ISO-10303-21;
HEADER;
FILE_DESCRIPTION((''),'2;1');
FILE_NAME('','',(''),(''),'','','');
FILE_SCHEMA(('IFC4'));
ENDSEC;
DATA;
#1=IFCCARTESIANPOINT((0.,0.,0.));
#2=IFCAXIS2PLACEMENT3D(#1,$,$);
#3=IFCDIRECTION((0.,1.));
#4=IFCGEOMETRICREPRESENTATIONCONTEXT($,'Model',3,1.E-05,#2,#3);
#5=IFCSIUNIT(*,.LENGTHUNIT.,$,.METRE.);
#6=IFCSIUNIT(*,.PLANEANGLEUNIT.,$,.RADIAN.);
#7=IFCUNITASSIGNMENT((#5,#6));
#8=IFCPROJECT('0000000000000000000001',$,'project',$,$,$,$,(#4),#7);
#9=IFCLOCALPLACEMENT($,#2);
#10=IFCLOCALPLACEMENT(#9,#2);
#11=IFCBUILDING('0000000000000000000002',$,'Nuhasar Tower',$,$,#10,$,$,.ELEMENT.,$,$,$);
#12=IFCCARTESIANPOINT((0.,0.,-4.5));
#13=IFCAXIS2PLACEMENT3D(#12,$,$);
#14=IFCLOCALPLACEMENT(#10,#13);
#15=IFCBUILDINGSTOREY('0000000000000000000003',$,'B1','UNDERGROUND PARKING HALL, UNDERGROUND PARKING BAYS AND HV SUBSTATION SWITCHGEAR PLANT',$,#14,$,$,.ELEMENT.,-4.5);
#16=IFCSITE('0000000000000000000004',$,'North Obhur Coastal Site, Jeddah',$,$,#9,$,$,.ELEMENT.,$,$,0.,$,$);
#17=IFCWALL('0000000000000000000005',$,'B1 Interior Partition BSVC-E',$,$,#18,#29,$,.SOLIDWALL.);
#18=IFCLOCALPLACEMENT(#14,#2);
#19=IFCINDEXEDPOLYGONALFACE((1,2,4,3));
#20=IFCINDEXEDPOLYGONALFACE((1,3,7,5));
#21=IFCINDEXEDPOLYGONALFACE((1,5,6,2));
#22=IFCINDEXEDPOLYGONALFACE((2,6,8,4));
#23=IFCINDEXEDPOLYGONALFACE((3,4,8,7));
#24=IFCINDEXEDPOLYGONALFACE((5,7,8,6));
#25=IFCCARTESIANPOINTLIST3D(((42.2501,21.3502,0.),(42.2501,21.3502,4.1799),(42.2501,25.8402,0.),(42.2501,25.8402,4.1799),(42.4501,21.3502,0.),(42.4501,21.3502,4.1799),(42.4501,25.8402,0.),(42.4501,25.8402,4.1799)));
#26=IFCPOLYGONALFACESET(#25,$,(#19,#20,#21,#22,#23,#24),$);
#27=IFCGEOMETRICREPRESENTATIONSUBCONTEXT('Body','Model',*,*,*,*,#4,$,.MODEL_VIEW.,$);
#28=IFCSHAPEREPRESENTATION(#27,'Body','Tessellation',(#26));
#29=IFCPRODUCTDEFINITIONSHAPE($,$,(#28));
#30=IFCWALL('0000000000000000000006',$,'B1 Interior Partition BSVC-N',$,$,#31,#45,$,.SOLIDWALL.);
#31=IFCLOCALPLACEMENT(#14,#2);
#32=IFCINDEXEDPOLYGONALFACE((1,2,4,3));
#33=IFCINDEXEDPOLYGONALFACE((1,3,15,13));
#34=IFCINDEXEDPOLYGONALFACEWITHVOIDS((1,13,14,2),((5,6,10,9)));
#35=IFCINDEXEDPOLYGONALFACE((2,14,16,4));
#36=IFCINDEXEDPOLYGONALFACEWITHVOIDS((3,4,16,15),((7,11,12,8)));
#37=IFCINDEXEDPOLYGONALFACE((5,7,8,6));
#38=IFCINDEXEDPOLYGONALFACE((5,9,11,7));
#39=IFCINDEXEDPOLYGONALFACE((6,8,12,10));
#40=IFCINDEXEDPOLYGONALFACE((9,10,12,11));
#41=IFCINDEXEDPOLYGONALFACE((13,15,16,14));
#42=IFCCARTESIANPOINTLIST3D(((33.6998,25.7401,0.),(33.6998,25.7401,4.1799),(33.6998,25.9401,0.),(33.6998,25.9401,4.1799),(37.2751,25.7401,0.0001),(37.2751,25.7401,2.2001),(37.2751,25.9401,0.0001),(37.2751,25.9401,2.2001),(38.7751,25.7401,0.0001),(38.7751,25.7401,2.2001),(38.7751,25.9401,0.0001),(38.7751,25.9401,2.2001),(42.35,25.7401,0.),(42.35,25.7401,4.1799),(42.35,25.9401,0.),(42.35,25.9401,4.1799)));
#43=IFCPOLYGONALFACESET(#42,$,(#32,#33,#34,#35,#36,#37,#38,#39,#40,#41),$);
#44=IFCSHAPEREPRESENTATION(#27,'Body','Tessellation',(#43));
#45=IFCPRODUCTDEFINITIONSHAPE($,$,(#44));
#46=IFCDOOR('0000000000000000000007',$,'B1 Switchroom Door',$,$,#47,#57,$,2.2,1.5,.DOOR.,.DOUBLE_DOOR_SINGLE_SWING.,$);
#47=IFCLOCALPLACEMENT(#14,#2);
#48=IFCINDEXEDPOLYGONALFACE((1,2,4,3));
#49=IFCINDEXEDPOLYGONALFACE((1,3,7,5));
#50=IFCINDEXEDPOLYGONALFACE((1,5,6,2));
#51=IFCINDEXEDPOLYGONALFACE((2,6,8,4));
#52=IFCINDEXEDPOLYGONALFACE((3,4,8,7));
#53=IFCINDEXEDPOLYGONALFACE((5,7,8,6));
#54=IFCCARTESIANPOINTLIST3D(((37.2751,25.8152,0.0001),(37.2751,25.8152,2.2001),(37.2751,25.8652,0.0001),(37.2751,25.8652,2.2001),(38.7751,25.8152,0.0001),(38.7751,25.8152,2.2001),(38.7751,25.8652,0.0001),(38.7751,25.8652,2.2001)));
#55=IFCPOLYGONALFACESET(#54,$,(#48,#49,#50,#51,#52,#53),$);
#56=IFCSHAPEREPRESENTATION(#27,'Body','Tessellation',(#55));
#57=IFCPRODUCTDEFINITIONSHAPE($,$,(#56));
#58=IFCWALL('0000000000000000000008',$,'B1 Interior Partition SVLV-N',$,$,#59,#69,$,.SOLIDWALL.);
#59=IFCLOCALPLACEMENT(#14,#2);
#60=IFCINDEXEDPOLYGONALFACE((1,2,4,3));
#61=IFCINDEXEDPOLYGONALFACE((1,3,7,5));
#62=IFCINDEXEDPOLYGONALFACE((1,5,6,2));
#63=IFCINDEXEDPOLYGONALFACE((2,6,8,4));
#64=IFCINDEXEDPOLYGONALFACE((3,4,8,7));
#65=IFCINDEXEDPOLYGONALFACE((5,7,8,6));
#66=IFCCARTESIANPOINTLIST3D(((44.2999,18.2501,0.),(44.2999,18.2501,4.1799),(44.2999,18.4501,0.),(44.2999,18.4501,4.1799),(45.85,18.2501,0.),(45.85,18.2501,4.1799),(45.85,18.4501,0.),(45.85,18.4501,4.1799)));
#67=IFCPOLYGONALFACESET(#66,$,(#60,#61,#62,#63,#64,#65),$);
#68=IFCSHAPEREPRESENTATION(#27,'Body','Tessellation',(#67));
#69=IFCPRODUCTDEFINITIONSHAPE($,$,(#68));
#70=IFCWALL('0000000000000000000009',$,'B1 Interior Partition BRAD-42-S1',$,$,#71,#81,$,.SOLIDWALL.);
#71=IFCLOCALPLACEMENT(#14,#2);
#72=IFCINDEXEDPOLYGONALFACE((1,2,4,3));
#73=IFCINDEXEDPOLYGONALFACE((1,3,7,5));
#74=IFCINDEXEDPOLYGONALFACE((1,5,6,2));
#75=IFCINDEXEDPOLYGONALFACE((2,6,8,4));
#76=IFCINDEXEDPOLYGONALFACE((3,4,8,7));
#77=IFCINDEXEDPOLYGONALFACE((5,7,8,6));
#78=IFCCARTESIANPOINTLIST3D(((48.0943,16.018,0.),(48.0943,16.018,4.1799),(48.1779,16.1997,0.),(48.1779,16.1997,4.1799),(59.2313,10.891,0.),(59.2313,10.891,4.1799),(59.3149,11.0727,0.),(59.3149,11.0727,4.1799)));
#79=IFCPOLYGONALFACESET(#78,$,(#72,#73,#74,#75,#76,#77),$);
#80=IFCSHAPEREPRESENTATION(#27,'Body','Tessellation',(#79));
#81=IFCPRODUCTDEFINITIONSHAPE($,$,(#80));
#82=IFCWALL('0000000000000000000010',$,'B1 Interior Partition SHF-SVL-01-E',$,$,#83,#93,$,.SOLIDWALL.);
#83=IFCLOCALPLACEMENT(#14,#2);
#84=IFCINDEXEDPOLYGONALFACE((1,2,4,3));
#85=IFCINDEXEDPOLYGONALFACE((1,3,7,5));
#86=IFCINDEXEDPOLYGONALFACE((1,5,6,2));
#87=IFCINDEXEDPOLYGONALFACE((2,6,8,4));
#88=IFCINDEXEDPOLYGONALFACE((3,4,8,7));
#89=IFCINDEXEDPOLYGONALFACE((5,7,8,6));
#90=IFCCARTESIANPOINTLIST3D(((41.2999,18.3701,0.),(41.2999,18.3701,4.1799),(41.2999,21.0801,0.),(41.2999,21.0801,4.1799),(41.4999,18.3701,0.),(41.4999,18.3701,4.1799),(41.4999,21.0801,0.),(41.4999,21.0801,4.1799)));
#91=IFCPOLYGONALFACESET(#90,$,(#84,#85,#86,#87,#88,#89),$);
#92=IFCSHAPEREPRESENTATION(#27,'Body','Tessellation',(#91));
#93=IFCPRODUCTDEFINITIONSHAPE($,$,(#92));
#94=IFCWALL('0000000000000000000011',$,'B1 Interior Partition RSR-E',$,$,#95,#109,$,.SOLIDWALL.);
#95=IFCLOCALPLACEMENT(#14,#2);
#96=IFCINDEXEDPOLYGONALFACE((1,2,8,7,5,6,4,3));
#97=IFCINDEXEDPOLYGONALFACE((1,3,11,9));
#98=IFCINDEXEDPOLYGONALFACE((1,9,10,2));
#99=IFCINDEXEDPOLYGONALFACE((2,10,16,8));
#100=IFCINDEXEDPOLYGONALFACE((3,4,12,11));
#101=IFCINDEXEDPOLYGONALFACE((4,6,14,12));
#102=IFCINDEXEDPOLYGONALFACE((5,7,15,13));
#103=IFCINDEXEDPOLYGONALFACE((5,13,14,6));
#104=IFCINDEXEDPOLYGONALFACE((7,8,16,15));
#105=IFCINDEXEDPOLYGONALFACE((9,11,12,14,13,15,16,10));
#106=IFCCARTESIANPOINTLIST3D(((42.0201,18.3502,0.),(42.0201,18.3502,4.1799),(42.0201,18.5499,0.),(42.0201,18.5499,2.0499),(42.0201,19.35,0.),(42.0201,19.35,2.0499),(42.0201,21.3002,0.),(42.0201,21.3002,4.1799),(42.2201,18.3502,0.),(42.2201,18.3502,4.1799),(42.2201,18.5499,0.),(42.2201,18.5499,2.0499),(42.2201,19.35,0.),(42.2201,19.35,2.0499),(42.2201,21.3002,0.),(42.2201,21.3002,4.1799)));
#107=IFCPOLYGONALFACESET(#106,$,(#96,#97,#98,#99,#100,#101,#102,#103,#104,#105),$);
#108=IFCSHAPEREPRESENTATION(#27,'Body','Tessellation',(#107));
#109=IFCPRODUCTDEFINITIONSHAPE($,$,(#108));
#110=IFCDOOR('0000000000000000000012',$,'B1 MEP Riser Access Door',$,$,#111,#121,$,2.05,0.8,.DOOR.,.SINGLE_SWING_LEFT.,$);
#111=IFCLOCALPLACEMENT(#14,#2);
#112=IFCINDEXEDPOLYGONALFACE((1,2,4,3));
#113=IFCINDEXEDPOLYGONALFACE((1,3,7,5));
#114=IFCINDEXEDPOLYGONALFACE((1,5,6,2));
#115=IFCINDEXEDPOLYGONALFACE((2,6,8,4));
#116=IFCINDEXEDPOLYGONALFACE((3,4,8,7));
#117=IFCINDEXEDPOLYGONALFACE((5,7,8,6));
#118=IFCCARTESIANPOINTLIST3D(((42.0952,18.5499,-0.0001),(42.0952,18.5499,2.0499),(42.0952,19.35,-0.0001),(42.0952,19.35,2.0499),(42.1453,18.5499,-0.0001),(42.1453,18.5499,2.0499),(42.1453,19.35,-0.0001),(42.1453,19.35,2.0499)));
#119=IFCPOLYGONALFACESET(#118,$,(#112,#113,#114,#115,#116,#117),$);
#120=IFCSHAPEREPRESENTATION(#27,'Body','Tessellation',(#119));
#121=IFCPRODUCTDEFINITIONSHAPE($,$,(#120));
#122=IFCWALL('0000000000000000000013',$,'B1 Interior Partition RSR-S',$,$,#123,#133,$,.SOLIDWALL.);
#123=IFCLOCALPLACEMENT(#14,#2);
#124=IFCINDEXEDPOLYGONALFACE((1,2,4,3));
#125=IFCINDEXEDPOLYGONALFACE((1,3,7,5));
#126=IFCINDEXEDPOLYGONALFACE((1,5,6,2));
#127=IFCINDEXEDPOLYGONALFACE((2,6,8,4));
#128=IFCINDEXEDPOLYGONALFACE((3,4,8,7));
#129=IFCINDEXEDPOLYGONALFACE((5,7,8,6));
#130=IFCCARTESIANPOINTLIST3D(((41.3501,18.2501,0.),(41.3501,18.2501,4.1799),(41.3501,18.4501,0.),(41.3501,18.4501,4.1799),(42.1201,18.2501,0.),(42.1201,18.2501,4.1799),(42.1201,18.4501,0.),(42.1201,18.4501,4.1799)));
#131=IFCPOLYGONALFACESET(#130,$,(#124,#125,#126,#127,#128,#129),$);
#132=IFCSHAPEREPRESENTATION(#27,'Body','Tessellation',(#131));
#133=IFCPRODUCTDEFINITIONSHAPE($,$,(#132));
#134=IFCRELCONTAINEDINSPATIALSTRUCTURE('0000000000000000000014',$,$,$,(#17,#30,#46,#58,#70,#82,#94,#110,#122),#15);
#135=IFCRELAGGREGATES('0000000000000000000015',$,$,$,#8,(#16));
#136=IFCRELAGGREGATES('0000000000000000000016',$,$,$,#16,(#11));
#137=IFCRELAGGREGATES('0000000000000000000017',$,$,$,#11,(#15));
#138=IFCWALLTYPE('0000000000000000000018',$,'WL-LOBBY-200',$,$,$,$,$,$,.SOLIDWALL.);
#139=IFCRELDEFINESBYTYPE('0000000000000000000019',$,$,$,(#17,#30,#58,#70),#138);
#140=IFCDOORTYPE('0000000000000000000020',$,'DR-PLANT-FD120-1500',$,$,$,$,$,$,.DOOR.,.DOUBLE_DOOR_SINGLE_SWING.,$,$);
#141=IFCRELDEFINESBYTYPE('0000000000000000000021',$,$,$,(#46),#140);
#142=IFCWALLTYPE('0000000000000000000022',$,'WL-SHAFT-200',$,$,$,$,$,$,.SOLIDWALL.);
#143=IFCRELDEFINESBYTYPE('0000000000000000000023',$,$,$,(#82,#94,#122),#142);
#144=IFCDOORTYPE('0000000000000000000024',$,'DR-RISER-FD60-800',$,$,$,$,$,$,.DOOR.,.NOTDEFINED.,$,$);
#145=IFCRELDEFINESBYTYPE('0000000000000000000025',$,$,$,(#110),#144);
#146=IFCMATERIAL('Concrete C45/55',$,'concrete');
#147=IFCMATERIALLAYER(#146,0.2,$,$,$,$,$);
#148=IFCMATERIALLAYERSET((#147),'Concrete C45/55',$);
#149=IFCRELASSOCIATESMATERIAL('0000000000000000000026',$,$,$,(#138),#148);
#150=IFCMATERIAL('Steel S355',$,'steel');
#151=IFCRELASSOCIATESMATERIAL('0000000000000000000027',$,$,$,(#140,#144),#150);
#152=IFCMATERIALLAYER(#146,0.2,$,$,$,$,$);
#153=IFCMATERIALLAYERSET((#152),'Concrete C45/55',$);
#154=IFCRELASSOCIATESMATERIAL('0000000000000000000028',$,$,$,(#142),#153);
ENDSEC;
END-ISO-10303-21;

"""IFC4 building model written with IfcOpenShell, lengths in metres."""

from ifc_helpers import new_model, si_unit, direction, frame, frame_2d, origin, place, context, subcontext, project, spatial, rectangle, extrude, material, layer, layer_set, type_object, element, fill, save


model = new_model("IFC4")

# Units and contexts
model_context = context("Model", 3, precision=1e-05, world=origin(), true_north=direction((0.0, 1.0)))
body_context = subcontext(model_context, "Body", "Model", "MODEL_VIEW")
ifc_project = project(units=[si_unit("LENGTHUNIT", "METRE"), si_unit("PLANEANGLEUNIT", "RADIAN")], contexts=[model_context])

# Site, building, storey
site_placement = place(None, origin())
site = spatial("IfcSite", under=ifc_project, at=site_placement, Name="North Obhur Coastal Site, Jeddah", CompositionType="ELEMENT", RefElevation=0.0)
building_placement = place(site_placement, origin())
building = spatial("IfcBuilding", under=site, at=building_placement, Name="Nuhasar Tower", CompositionType="ELEMENT")
storey_placement = place(building_placement, frame((0.0, 0.0, -4.5)))
storey = spatial("IfcBuildingStorey", under=building, at=storey_placement, Name="B1", Description="UNDERGROUND PARKING HALL, UNDERGROUND PARKING BAYS AND HV SUBSTATION SWITCHGEAR PLANT", CompositionType="ELEMENT", Elevation=-4.5)

# Shared definitions
ifc_material_1 = material(Name="Steel S355", Category="steel")

# Shared definitions
ifc_material_2 = material(Name="Concrete C45/55", Category="concrete")
ifc_layer_1 = layer(ifc_material_2, 0.2)
ifc_layer_set_1 = layer_set([ifc_layer_1], Name="Concrete C45/55")
wall_type_1 = type_object("IfcWallType", Name="WL-LOBBY-200", PredefinedType="SOLIDWALL", material=ifc_layer_set_1)
door_type_1 = type_object("IfcDoorType", Name="DR-PLANT-FD120-1500", OperationType="DOUBLE_DOOR_SINGLE_SWING", PredefinedType="DOOR", material=ifc_material_1)

# Wall
wall_1_placement = place(storey_placement, frame((42.3501, 21.3501, 0.0), z_axis=(0.0, 0.0, 1.0), x_axis=(0.0, 1.0, 0.0)))
element("IfcWall", 1, at=wall_1_placement, inside=storey, type_object=wall_type_1, Name="B1 Interior Partition BSVC-E", PredefinedType="SOLIDWALL", context=body_context, shape_type="SweptSolid", body=[
    extrude(rectangle(XDim=4.49, YDim=0.2, at=frame_2d((2.2451, 0.0))), origin(), (0.0, 0.0, 1.0), 4.1799),
])

# Wall, opening, door
wall_2_placement = place(storey_placement, frame((42.3501, 25.8401, 0.0), z_axis=(0.0, 0.0, 1.0), x_axis=(-1.0, 0.0, 0.0)))
wall_2 = element("IfcWall", 2, at=wall_2_placement, inside=storey, type_object=wall_type_1, Name="B1 Interior Partition BSVC-N", PredefinedType="SOLIDWALL", context=body_context, shape_type="SweptSolid", body=[
    extrude(rectangle(XDim=8.6501, YDim=0.2, at=frame_2d((4.3252, 0.0))), origin(), (0.0, 0.0, 1.0), 4.1799),
])
opening_1_placement = place(wall_2_placement, frame((3.575, 0.0, 0.0)))
opening_1 = element("IfcOpeningElement", 3, at=opening_1_placement, cuts=wall_2, PredefinedType="OPENING", context=body_context, shape_type="SweptSolid", body=[
    extrude(rectangle(XDim=1.5, YDim=2.2, at=frame_2d((0.75, 1.1001))), frame((0.0, 0.1099, 0.0), z_axis=(0.0, -1.0, 0.0), x_axis=(1.0, 0.0, 0.0)), (0.0, 0.0, 1.0), 0.22),
])
door_1_placement = place(opening_1_placement, origin())
door_1 = element("IfcDoor", 4, at=door_1_placement, inside=storey, type_object=door_type_1, Name="B1 Switchroom Door", OperationType="DOUBLE_DOOR_SINGLE_SWING", OverallHeight=2.2, OverallWidth=1.5, PredefinedType="DOOR", context=body_context, shape_type="SweptSolid", body=[
    extrude(rectangle(XDim=1.5, YDim=2.2, at=frame_2d((0.75, 1.1001))), frame((0.0, 0.0249, 0.0), z_axis=(0.0, -1.0, 0.0), x_axis=(1.0, 0.0, 0.0)), (0.0, 0.0, 1.0), 0.05),
])
fill(opening_1, door_1)

# Walls
wall_3_placement = place(storey_placement, frame((44.3, 18.3501, 0.0), z_axis=(0.0, 0.0, 1.0), x_axis=(1.0, 0.0, 0.0)))
element("IfcWall", 5, at=wall_3_placement, inside=storey, type_object=wall_type_1, Name="B1 Interior Partition SVLV-N", PredefinedType="SOLIDWALL", context=body_context, shape_type="SweptSolid", body=[
    extrude(rectangle(XDim=1.55, YDim=0.2, at=frame_2d((0.7749, 0.0))), origin(), (0.0, 0.0, 1.0), 4.1799),
])
wall_4_placement = place(storey_placement, frame((48.136, 16.1089, 0.0), z_axis=(0.0, 0.0, 1.0), x_axis=(0.908368, -0.418172, 0.0)))
element("IfcWall", 6, at=wall_4_placement, inside=storey, type_object=wall_type_1, Name="B1 Interior Partition BRAD-42-S1", PredefinedType="SOLIDWALL", context=body_context, shape_type="SweptSolid", body=[
    extrude(rectangle(XDim=12.2605, YDim=0.2, at=frame_2d((6.1304, 0.0))), origin(), (0.0, 0.0, 1.0), 4.1799),
])
ifc_layer_2 = layer(ifc_material_2, 0.2)
ifc_layer_set_2 = layer_set([ifc_layer_2], Name="Concrete C45/55")
wall_type_2 = type_object("IfcWallType", Name="WL-SHAFT-200", PredefinedType="SOLIDWALL", material=ifc_layer_set_2)
wall_5_placement = place(storey_placement, frame((41.3999, 18.3701, 0.0), z_axis=(0.0, 0.0, 1.0), x_axis=(0.0, 1.0, 0.0)))
element("IfcWall", 7, at=wall_5_placement, inside=storey, type_object=wall_type_2, Name="B1 Interior Partition SHF-SVL-01-E", PredefinedType="SOLIDWALL", context=body_context, shape_type="SweptSolid", body=[
    extrude(rectangle(XDim=2.71, YDim=0.2, at=frame_2d((1.355, 0.0))), origin(), (0.0, 0.0, 1.0), 4.1799),
])

# Wall, opening, door
wall_6_placement = place(storey_placement, frame((42.1201, 18.3501, 0.0), z_axis=(0.0, 0.0, 1.0), x_axis=(0.0, 1.0, 0.0)))
wall_6 = element("IfcWall", 8, at=wall_6_placement, inside=storey, type_object=wall_type_2, Name="B1 Interior Partition RSR-E", PredefinedType="SOLIDWALL", context=body_context, shape_type="SweptSolid", body=[
    extrude(rectangle(XDim=2.95, YDim=0.2, at=frame_2d((1.4751, 0.0))), origin(), (0.0, 0.0, 1.0), 4.1799),
])
opening_2_placement = place(wall_6_placement, frame((0.2, 0.0, 0.0)))
opening_2 = element("IfcOpeningElement", 9, at=opening_2_placement, cuts=wall_6, PredefinedType="OPENING", context=body_context, shape_type="SweptSolid", body=[
    extrude(rectangle(XDim=0.8, YDim=2.05, at=frame_2d((0.3999, 1.0249))), frame((0.0, 0.1099, 0.0), z_axis=(0.0, -1.0, 0.0), x_axis=(1.0, 0.0, 0.0)), (0.0, 0.0, 1.0), 0.22),
])
door_type_2 = type_object("IfcDoorType", Name="DR-RISER-FD60-800", OperationType="NOTDEFINED", PredefinedType="DOOR", material=ifc_material_1)
door_2_placement = place(opening_2_placement, origin())
door_2 = element("IfcDoor", 10, at=door_2_placement, inside=storey, type_object=door_type_2, Name="B1 MEP Riser Access Door", OperationType="SINGLE_SWING_LEFT", OverallHeight=2.05, OverallWidth=0.8, PredefinedType="DOOR", context=body_context, shape_type="SweptSolid", body=[
    extrude(rectangle(XDim=0.8, YDim=2.05, at=frame_2d((0.3999, 1.0249))), frame((0.0, 0.0249, 0.0), z_axis=(0.0, -1.0, 0.0), x_axis=(1.0, 0.0, 0.0)), (0.0, 0.0, 1.0), 0.05),
])
fill(opening_2, door_2)

# Wall
wall_7_placement = place(storey_placement, frame((41.3501, 18.3501, 0.0), z_axis=(0.0, 0.0, 1.0), x_axis=(1.0, 0.0, 0.0)))
element("IfcWall", 11, at=wall_7_placement, inside=storey, type_object=wall_type_2, Name="B1 Interior Partition RSR-S", PredefinedType="SOLIDWALL", context=body_context, shape_type="SweptSolid", body=[
    extrude(rectangle(XDim=0.77, YDim=0.2, at=frame_2d((0.385, 0.0))), origin(), (0.0, 0.0, 1.0), 4.1799),
])

save(model, "model.ifc")
